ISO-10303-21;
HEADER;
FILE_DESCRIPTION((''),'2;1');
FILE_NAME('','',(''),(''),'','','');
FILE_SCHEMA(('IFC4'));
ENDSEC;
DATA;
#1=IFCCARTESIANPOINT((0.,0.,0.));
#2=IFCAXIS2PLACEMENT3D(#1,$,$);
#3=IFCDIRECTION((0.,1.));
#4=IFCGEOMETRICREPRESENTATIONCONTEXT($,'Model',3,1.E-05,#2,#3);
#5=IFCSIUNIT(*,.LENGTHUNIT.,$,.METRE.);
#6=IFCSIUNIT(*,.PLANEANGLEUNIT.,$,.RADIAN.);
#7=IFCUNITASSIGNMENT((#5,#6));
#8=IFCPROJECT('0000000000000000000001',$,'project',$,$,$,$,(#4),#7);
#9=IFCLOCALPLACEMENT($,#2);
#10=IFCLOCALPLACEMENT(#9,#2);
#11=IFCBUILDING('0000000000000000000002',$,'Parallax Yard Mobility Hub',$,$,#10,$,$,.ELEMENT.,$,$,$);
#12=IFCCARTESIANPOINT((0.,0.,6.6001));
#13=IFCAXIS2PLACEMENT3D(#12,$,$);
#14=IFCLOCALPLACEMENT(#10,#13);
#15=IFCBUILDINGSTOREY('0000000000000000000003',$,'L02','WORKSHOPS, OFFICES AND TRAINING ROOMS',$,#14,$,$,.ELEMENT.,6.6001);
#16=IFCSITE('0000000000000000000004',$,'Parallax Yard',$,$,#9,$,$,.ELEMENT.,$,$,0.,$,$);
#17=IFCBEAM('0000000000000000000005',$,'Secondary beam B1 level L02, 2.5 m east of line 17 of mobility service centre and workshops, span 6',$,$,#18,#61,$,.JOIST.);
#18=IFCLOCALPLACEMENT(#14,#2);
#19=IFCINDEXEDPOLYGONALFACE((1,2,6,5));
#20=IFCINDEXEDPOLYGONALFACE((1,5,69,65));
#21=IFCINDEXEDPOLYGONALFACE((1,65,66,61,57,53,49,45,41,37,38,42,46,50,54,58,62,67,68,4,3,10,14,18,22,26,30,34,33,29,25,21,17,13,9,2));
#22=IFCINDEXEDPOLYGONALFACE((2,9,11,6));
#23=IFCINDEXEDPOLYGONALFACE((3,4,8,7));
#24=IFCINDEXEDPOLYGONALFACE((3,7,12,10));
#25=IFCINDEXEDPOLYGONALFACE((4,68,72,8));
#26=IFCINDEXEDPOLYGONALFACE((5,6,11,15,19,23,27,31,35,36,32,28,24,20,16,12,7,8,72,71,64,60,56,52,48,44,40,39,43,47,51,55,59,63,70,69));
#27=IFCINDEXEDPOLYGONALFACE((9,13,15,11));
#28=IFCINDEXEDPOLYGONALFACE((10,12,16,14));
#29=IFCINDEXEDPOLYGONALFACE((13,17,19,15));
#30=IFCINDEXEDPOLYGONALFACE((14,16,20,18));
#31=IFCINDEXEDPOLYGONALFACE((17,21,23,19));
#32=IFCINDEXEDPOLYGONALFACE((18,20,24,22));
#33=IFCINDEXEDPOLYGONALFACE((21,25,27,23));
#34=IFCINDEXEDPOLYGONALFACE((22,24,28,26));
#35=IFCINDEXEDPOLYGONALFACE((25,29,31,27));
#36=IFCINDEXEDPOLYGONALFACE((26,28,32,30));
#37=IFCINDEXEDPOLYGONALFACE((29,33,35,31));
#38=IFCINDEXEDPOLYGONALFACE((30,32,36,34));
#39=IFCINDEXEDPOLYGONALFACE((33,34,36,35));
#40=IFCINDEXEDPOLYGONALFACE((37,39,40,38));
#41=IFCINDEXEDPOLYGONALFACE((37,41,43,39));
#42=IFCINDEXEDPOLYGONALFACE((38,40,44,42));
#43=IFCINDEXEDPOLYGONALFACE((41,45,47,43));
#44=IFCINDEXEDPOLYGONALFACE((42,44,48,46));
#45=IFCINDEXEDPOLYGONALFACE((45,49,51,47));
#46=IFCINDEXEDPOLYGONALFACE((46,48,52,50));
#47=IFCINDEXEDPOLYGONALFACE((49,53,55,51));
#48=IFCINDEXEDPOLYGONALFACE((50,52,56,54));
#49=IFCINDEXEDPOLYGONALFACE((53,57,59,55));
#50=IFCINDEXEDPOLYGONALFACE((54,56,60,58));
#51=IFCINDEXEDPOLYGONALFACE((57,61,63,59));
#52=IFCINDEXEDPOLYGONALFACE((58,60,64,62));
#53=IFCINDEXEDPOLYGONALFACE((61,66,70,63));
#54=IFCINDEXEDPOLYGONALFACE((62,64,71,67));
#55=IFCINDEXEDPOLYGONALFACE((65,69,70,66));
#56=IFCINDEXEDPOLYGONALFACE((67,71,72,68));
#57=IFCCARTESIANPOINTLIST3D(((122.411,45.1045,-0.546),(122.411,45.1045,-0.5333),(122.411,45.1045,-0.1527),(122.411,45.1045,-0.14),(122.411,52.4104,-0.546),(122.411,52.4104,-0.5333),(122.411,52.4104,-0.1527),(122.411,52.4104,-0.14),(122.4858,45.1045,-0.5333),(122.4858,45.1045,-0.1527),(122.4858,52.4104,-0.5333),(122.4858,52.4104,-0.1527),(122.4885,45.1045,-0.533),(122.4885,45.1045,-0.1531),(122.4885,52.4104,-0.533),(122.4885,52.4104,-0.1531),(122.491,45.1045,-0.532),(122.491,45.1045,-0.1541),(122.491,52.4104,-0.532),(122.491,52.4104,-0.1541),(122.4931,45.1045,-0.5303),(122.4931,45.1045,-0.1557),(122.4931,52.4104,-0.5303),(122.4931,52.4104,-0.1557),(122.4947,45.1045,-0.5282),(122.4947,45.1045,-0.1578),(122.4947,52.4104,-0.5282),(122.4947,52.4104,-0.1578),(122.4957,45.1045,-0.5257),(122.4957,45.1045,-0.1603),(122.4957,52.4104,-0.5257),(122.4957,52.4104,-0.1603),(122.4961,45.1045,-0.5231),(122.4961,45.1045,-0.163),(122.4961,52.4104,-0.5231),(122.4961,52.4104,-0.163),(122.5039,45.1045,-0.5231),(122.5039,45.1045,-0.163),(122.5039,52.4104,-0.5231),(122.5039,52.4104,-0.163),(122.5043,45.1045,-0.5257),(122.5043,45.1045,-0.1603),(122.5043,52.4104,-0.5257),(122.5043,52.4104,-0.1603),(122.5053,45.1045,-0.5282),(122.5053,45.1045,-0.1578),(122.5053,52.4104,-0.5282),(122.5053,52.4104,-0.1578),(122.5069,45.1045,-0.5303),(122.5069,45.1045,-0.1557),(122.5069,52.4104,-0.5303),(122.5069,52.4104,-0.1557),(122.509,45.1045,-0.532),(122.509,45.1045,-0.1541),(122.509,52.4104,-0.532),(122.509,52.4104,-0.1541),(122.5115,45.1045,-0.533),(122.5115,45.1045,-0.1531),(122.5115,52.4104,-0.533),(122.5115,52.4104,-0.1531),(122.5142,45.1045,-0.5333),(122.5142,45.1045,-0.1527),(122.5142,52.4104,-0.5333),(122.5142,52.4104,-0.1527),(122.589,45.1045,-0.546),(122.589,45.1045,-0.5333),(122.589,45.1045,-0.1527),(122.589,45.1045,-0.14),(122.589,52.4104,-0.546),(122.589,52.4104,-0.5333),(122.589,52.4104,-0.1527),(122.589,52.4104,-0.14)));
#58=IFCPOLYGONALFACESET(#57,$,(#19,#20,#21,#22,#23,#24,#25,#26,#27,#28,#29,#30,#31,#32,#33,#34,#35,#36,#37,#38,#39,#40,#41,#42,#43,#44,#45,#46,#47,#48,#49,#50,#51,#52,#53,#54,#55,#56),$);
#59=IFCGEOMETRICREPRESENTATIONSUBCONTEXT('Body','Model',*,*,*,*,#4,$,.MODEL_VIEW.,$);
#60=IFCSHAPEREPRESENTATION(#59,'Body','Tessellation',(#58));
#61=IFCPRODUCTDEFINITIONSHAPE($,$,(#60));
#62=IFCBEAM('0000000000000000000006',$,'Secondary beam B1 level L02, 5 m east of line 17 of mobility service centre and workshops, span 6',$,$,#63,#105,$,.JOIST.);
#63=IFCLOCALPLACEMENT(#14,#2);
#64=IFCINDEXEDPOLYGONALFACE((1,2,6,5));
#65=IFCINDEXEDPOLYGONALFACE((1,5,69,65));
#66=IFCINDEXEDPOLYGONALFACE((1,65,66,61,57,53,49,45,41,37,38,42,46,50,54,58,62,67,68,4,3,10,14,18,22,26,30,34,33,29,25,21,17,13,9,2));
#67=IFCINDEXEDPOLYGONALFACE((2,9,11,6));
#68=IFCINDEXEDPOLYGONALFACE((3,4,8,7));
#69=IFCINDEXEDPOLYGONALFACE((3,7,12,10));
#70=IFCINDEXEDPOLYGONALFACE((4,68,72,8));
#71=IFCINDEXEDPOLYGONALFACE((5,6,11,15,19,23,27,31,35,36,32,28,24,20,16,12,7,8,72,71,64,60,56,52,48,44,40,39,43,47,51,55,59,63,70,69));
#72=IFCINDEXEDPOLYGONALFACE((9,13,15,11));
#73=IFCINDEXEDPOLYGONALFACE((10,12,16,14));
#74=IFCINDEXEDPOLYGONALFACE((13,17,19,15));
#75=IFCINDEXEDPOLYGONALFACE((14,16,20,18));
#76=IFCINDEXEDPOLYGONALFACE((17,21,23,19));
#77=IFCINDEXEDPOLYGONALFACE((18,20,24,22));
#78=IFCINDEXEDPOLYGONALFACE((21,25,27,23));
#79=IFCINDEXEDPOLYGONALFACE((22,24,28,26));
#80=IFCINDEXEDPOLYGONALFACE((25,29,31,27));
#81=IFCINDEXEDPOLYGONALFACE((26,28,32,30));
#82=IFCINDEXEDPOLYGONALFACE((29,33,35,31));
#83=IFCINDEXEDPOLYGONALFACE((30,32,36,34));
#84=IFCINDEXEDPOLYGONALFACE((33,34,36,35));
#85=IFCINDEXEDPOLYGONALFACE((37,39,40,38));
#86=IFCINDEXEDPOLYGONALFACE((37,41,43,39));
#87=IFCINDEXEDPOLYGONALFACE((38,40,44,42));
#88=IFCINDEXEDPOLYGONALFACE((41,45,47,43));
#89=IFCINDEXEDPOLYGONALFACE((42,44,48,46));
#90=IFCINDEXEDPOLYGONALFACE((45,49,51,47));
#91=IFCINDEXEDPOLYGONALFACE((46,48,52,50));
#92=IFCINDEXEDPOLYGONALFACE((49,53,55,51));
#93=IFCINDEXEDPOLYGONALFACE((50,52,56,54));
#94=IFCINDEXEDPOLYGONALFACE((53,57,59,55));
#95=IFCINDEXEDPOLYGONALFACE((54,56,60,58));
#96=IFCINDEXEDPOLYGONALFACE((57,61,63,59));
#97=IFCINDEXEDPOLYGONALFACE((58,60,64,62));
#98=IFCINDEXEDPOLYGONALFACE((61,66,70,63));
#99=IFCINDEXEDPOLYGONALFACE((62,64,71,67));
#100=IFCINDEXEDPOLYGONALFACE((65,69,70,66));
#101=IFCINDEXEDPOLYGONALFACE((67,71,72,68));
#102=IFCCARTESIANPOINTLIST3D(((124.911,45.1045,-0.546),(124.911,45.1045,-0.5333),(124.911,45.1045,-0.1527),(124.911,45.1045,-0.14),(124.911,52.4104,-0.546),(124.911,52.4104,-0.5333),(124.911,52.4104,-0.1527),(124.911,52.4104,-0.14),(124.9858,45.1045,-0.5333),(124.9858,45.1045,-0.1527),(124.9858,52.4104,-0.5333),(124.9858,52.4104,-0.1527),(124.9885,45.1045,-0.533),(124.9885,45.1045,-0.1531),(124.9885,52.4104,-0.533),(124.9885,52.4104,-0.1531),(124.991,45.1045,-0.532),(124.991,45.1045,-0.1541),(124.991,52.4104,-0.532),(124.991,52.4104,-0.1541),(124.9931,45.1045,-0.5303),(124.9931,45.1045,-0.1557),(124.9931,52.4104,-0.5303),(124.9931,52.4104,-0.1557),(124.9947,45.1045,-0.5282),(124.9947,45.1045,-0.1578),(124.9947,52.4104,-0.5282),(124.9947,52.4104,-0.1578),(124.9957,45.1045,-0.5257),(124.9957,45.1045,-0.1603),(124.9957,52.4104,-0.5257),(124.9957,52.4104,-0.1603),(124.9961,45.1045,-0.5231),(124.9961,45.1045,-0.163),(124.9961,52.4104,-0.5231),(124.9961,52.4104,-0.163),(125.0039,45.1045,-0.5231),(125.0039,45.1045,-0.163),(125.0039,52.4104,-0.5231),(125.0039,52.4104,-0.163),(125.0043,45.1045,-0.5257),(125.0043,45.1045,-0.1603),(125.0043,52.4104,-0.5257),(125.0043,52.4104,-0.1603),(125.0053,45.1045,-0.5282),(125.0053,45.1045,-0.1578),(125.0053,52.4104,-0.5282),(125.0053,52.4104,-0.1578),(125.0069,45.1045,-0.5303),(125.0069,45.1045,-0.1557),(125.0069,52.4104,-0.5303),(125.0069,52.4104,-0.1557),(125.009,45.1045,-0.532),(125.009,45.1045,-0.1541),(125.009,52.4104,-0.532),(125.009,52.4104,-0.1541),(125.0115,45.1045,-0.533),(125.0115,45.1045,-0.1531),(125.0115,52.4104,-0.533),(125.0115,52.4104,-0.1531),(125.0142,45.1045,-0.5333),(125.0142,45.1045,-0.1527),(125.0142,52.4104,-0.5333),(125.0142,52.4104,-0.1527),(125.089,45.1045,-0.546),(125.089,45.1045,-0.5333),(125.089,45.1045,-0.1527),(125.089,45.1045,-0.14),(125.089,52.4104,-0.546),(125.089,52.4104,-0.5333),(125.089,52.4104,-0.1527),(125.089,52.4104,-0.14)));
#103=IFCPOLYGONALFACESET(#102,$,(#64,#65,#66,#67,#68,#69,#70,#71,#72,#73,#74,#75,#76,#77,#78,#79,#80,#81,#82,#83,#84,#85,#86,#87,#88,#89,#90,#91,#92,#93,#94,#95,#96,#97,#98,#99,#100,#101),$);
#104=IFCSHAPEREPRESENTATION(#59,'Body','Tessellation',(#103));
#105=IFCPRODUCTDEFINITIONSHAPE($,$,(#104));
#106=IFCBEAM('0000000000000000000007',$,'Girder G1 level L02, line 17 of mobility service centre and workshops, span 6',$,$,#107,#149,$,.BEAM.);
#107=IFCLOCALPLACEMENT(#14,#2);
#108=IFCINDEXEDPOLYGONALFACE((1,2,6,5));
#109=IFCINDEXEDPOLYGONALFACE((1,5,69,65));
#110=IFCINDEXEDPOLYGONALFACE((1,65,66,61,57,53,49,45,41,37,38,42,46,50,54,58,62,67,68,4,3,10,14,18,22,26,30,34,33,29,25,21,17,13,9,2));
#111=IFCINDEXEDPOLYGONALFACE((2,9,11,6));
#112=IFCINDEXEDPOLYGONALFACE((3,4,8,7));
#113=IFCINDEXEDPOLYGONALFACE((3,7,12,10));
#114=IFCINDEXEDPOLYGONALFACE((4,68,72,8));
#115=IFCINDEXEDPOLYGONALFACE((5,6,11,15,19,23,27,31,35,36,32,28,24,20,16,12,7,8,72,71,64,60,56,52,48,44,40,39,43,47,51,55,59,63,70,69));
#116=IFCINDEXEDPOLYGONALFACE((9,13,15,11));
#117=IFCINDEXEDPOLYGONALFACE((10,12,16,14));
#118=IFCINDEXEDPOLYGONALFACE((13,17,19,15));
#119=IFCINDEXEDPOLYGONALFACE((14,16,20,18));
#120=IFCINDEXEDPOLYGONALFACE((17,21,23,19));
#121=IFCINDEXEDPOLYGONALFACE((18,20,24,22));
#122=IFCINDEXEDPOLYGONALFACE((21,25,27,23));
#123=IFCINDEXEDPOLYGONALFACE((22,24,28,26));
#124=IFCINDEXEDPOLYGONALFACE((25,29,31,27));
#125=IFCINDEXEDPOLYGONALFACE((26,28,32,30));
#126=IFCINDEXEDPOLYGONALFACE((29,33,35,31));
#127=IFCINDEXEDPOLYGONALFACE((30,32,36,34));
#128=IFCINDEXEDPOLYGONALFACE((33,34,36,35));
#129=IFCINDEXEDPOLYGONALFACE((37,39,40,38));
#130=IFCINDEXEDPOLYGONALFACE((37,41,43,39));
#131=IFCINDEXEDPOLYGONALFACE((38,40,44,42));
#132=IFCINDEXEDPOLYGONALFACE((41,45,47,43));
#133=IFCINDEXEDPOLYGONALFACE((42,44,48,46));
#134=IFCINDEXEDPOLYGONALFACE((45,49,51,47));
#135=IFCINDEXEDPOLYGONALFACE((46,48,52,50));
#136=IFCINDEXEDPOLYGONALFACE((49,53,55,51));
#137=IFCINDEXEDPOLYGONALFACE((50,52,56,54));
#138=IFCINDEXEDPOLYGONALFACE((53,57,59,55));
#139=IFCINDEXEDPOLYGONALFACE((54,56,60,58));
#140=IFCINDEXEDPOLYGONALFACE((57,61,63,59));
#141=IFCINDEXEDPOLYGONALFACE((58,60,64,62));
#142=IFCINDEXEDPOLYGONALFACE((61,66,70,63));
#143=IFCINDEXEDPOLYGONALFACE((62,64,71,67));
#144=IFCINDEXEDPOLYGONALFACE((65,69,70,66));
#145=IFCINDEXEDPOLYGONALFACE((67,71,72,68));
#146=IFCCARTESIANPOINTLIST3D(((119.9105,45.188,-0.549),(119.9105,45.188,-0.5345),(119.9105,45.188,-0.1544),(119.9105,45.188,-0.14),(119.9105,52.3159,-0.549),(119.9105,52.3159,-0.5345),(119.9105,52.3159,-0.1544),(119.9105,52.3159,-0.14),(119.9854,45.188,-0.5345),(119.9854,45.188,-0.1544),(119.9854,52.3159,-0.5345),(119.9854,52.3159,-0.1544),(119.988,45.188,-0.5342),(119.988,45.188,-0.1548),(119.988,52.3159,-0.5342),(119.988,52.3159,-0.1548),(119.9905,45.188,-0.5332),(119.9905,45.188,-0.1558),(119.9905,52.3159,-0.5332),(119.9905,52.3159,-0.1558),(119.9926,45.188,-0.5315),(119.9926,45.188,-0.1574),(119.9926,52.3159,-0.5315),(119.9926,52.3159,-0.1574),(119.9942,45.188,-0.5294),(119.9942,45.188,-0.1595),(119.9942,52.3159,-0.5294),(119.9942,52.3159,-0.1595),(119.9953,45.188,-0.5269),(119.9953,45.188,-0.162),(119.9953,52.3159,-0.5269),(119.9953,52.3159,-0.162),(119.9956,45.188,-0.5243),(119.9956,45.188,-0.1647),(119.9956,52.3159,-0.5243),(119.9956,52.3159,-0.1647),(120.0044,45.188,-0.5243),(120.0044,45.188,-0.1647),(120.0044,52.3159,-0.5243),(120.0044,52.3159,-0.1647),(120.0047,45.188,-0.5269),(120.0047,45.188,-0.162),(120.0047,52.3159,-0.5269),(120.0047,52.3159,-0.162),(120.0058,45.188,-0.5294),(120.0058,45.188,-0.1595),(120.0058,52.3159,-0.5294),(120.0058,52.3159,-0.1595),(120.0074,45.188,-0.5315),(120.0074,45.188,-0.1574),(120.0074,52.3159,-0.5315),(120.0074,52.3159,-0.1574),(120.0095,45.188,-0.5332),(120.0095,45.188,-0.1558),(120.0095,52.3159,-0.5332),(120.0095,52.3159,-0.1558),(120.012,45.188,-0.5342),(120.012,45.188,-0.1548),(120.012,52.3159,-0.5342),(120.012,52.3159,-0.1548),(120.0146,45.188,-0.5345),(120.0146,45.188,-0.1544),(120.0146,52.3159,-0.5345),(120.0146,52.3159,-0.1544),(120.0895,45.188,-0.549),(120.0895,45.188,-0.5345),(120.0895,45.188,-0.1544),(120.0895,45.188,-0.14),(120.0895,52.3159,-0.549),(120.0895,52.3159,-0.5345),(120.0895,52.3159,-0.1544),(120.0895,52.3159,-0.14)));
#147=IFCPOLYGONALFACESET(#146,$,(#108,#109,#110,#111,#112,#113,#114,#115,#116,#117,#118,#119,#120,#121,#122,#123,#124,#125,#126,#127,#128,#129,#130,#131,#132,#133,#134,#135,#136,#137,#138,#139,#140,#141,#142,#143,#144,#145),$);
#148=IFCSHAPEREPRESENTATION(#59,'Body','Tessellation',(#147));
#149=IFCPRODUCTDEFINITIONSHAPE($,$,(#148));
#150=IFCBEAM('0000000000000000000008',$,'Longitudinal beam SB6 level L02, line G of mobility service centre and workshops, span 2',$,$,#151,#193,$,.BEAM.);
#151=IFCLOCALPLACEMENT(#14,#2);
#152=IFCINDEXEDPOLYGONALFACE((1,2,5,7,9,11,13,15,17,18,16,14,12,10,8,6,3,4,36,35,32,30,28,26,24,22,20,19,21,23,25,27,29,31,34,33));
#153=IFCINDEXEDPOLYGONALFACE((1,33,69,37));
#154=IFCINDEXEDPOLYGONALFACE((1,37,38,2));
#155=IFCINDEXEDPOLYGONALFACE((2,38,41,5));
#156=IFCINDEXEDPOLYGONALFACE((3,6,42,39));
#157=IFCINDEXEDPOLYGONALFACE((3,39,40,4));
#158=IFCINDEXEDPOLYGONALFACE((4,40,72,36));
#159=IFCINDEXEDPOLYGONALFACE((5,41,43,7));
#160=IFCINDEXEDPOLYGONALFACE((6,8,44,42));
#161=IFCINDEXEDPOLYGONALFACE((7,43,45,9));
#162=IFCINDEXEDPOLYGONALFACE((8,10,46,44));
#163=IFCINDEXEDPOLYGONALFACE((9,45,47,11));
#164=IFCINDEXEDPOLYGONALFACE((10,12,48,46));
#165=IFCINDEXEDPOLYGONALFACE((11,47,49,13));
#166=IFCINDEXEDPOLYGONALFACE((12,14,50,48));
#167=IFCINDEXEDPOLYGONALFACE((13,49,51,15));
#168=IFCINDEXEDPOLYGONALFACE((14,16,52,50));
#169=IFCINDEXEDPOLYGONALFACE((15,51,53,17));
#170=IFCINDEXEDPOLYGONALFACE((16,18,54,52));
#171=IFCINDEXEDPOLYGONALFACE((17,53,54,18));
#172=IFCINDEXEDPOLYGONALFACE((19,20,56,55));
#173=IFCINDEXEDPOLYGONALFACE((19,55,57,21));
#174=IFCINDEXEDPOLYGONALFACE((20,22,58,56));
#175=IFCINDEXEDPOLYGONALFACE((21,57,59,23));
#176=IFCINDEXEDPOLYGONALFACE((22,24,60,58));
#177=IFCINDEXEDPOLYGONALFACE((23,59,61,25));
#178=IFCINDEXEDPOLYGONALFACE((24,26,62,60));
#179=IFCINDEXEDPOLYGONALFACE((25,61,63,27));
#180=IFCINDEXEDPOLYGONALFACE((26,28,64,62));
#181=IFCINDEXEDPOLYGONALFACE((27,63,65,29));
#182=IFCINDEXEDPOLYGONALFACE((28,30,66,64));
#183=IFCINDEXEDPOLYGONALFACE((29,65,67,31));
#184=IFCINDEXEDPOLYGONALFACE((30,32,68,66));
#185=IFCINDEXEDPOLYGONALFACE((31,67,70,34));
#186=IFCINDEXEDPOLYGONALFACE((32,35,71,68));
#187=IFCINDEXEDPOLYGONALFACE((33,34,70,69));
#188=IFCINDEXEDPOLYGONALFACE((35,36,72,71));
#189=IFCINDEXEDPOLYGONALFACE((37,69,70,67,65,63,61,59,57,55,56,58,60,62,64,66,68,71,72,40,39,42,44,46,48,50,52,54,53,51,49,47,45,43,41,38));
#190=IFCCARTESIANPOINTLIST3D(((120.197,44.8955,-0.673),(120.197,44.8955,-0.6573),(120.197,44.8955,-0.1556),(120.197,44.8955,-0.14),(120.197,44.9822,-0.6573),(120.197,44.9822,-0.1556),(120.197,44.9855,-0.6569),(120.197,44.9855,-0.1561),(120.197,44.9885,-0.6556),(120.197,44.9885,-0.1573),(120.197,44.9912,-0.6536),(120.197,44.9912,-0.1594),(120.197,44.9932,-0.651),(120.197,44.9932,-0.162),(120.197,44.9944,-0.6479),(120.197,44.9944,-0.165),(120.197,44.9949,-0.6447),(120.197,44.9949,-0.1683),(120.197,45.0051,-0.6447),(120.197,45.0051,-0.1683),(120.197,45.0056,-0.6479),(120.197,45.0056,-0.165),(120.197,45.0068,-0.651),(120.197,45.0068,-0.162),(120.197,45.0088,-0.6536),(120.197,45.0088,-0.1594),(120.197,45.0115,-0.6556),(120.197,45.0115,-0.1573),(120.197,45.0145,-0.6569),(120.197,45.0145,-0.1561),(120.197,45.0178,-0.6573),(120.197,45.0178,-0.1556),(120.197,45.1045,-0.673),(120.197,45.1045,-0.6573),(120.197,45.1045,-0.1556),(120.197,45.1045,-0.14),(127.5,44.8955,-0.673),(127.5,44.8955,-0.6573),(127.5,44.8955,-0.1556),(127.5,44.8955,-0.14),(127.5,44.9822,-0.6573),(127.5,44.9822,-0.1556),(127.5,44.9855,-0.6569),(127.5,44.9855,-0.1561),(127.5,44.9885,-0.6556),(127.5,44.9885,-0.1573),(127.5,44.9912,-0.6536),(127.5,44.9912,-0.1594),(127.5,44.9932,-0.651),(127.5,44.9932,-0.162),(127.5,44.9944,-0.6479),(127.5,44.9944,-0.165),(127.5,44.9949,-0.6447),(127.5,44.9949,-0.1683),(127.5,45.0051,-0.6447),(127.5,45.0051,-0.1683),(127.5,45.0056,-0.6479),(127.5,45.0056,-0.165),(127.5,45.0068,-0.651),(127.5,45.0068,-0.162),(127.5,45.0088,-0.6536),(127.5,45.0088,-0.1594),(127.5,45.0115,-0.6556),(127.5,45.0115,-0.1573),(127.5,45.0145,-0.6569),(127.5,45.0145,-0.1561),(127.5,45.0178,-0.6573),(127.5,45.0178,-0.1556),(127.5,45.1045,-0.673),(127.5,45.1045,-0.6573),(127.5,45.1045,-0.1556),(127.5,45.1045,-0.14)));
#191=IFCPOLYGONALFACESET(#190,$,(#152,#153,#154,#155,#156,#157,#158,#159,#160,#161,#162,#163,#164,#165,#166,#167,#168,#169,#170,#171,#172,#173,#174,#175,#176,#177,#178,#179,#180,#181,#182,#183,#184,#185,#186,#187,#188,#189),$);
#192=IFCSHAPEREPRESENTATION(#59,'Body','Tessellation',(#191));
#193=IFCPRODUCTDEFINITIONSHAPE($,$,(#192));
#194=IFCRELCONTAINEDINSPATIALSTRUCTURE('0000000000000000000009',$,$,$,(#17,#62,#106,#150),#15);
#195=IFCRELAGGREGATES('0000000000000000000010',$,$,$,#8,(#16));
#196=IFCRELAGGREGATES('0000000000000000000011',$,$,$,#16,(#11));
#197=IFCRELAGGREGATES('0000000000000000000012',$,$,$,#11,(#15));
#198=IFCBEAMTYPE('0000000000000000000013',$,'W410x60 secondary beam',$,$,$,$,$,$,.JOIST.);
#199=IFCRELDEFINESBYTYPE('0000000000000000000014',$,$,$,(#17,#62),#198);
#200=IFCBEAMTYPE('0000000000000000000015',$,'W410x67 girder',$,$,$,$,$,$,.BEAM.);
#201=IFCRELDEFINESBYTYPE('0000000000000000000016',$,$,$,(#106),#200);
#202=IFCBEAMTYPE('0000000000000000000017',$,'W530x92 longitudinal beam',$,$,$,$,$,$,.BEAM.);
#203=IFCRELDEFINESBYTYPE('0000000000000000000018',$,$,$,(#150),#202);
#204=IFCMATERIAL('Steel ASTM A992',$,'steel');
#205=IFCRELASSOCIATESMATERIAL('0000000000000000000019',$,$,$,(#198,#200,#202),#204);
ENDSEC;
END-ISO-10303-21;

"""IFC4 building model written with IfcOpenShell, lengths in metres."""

from ifc_helpers import new_model, si_unit, direction, frame, origin, origin_2d, place, context, subcontext, project, spatial, i_section, extrude, material, material_profile, profile_set, type_object, element, save


model = new_model("IFC4")

# Units and contexts
model_context = context("Model", 3, precision=1e-05, world=origin(), true_north=direction((0.0, 1.0)))
body_context = subcontext(model_context, "Body", "Model", "MODEL_VIEW")
ifc_project = project(units=[si_unit("LENGTHUNIT", "METRE"), si_unit("PLANEANGLEUNIT", "RADIAN")], contexts=[model_context])

# Site, building, storey
site_placement = place(None, origin())
site = spatial("IfcSite", under=ifc_project, at=site_placement, Name="Parallax Yard", CompositionType="ELEMENT", RefElevation=0.0)
building_placement = place(site_placement, origin())
building = spatial("IfcBuilding", under=site, at=building_placement, Name="Parallax Yard Mobility Hub", CompositionType="ELEMENT")
storey_placement = place(building_placement, frame((0.0, 0.0, 6.6001)))
storey = spatial("IfcBuildingStorey", under=building, at=storey_placement, Name="L02", Description="WORKSHOPS, OFFICES AND TRAINING ROOMS", CompositionType="ELEMENT", Elevation=6.6001)

# Beams
ifc_material_1 = material(Name="Steel ASTM A992", Category="steel")
ifc_material_profile_1 = material_profile(ifc_material_1, i_section(OverallWidth=0.178, OverallDepth=0.406, WebThickness=0.0078, FlangeThickness=0.0127, FilletRadius=0.0103, at=origin_2d()), Name="W410x60")
ifc_profile_set_1 = profile_set([ifc_material_profile_1], Name="Steel ASTM A992")
beam_type_1 = type_object("IfcBeamType", Name="W410x60 secondary beam", PredefinedType="JOIST", material=ifc_profile_set_1)
for number, where, z_axis, x_axis, name in (
    (1, (122.5, 45.1045, -0.343), (0.0, 1.0, 0.0), (-1.0, 0.0, 0.0), "Secondary beam B1 level L02, 2.5 m east of line 17 of mobility service centre and workshops, span 6"),
    (2, (125.0, 45.1045, -0.343), (0.0, 1.0, 0.0), (-1.0, 0.0, 0.0), "Secondary beam B1 level L02, 5 m east of line 17 of mobility service centre and workshops, span 6"),
):
    element("IfcBeam", number, at=place(storey_placement, frame(where, z_axis=z_axis, x_axis=x_axis)), inside=storey, type_object=beam_type_1, Name=name, PredefinedType="JOIST", context=body_context, shape_type="SweptSolid", body=[
        extrude(i_section(OverallWidth=0.178, OverallDepth=0.406, WebThickness=0.0078, FlangeThickness=0.0127, FilletRadius=0.0103, at=origin_2d()), origin(), (0.0, 0.0, 1.0), 7.3059),
    ])
ifc_material_profile_2 = material_profile(ifc_material_1, i_section(OverallWidth=0.179, OverallDepth=0.4089, WebThickness=0.0088, FlangeThickness=0.0144, FilletRadius=0.0103, at=origin_2d()), Name="W410x67")
ifc_profile_set_2 = profile_set([ifc_material_profile_2], Name="Steel ASTM A992")
beam_type_2 = type_object("IfcBeamType", Name="W410x67 girder", PredefinedType="BEAM", material=ifc_profile_set_2)
beam_1_placement = place(storey_placement, frame((120.0, 45.188, -0.3445), z_axis=(0.0, 1.0, 0.0), x_axis=(-1.0, 0.0, 0.0)))
element("IfcBeam", 3, at=beam_1_placement, inside=storey, type_object=beam_type_2, Name="Girder G1 level L02, line 17 of mobility service centre and workshops, span 6", PredefinedType="BEAM", context=body_context, shape_type="SweptSolid", body=[
    extrude(i_section(OverallWidth=0.179, OverallDepth=0.4089, WebThickness=0.0088, FlangeThickness=0.0144, FilletRadius=0.0103, at=origin_2d()), origin(), (0.0, 0.0, 1.0), 7.1279),
])
ifc_material_profile_3 = material_profile(ifc_material_1, i_section(OverallWidth=0.209, OverallDepth=0.533, WebThickness=0.0103, FlangeThickness=0.0156, FilletRadius=0.0127, at=origin_2d()), Name="W530x92")
ifc_profile_set_3 = profile_set([ifc_material_profile_3], Name="Steel ASTM A992")
beam_type_3 = type_object("IfcBeamType", Name="W530x92 longitudinal beam", PredefinedType="BEAM", material=ifc_profile_set_3)
beam_2_placement = place(storey_placement, frame((120.197, 45.0, -0.4065), z_axis=(1.0, 0.0, 0.0), x_axis=(0.0, 1.0, 0.0)))
element("IfcBeam", 4, at=beam_2_placement, inside=storey, type_object=beam_type_3, Name="Longitudinal beam SB6 level L02, line G of mobility service centre and workshops, span 2", PredefinedType="BEAM", context=body_context, shape_type="SweptSolid", body=[
    extrude(i_section(OverallWidth=0.209, OverallDepth=0.533, WebThickness=0.0103, FlangeThickness=0.0156, FilletRadius=0.0127, at=origin_2d()), origin(), (0.0, 0.0, 1.0), 7.303),
])

save(model, "model.ifc")
